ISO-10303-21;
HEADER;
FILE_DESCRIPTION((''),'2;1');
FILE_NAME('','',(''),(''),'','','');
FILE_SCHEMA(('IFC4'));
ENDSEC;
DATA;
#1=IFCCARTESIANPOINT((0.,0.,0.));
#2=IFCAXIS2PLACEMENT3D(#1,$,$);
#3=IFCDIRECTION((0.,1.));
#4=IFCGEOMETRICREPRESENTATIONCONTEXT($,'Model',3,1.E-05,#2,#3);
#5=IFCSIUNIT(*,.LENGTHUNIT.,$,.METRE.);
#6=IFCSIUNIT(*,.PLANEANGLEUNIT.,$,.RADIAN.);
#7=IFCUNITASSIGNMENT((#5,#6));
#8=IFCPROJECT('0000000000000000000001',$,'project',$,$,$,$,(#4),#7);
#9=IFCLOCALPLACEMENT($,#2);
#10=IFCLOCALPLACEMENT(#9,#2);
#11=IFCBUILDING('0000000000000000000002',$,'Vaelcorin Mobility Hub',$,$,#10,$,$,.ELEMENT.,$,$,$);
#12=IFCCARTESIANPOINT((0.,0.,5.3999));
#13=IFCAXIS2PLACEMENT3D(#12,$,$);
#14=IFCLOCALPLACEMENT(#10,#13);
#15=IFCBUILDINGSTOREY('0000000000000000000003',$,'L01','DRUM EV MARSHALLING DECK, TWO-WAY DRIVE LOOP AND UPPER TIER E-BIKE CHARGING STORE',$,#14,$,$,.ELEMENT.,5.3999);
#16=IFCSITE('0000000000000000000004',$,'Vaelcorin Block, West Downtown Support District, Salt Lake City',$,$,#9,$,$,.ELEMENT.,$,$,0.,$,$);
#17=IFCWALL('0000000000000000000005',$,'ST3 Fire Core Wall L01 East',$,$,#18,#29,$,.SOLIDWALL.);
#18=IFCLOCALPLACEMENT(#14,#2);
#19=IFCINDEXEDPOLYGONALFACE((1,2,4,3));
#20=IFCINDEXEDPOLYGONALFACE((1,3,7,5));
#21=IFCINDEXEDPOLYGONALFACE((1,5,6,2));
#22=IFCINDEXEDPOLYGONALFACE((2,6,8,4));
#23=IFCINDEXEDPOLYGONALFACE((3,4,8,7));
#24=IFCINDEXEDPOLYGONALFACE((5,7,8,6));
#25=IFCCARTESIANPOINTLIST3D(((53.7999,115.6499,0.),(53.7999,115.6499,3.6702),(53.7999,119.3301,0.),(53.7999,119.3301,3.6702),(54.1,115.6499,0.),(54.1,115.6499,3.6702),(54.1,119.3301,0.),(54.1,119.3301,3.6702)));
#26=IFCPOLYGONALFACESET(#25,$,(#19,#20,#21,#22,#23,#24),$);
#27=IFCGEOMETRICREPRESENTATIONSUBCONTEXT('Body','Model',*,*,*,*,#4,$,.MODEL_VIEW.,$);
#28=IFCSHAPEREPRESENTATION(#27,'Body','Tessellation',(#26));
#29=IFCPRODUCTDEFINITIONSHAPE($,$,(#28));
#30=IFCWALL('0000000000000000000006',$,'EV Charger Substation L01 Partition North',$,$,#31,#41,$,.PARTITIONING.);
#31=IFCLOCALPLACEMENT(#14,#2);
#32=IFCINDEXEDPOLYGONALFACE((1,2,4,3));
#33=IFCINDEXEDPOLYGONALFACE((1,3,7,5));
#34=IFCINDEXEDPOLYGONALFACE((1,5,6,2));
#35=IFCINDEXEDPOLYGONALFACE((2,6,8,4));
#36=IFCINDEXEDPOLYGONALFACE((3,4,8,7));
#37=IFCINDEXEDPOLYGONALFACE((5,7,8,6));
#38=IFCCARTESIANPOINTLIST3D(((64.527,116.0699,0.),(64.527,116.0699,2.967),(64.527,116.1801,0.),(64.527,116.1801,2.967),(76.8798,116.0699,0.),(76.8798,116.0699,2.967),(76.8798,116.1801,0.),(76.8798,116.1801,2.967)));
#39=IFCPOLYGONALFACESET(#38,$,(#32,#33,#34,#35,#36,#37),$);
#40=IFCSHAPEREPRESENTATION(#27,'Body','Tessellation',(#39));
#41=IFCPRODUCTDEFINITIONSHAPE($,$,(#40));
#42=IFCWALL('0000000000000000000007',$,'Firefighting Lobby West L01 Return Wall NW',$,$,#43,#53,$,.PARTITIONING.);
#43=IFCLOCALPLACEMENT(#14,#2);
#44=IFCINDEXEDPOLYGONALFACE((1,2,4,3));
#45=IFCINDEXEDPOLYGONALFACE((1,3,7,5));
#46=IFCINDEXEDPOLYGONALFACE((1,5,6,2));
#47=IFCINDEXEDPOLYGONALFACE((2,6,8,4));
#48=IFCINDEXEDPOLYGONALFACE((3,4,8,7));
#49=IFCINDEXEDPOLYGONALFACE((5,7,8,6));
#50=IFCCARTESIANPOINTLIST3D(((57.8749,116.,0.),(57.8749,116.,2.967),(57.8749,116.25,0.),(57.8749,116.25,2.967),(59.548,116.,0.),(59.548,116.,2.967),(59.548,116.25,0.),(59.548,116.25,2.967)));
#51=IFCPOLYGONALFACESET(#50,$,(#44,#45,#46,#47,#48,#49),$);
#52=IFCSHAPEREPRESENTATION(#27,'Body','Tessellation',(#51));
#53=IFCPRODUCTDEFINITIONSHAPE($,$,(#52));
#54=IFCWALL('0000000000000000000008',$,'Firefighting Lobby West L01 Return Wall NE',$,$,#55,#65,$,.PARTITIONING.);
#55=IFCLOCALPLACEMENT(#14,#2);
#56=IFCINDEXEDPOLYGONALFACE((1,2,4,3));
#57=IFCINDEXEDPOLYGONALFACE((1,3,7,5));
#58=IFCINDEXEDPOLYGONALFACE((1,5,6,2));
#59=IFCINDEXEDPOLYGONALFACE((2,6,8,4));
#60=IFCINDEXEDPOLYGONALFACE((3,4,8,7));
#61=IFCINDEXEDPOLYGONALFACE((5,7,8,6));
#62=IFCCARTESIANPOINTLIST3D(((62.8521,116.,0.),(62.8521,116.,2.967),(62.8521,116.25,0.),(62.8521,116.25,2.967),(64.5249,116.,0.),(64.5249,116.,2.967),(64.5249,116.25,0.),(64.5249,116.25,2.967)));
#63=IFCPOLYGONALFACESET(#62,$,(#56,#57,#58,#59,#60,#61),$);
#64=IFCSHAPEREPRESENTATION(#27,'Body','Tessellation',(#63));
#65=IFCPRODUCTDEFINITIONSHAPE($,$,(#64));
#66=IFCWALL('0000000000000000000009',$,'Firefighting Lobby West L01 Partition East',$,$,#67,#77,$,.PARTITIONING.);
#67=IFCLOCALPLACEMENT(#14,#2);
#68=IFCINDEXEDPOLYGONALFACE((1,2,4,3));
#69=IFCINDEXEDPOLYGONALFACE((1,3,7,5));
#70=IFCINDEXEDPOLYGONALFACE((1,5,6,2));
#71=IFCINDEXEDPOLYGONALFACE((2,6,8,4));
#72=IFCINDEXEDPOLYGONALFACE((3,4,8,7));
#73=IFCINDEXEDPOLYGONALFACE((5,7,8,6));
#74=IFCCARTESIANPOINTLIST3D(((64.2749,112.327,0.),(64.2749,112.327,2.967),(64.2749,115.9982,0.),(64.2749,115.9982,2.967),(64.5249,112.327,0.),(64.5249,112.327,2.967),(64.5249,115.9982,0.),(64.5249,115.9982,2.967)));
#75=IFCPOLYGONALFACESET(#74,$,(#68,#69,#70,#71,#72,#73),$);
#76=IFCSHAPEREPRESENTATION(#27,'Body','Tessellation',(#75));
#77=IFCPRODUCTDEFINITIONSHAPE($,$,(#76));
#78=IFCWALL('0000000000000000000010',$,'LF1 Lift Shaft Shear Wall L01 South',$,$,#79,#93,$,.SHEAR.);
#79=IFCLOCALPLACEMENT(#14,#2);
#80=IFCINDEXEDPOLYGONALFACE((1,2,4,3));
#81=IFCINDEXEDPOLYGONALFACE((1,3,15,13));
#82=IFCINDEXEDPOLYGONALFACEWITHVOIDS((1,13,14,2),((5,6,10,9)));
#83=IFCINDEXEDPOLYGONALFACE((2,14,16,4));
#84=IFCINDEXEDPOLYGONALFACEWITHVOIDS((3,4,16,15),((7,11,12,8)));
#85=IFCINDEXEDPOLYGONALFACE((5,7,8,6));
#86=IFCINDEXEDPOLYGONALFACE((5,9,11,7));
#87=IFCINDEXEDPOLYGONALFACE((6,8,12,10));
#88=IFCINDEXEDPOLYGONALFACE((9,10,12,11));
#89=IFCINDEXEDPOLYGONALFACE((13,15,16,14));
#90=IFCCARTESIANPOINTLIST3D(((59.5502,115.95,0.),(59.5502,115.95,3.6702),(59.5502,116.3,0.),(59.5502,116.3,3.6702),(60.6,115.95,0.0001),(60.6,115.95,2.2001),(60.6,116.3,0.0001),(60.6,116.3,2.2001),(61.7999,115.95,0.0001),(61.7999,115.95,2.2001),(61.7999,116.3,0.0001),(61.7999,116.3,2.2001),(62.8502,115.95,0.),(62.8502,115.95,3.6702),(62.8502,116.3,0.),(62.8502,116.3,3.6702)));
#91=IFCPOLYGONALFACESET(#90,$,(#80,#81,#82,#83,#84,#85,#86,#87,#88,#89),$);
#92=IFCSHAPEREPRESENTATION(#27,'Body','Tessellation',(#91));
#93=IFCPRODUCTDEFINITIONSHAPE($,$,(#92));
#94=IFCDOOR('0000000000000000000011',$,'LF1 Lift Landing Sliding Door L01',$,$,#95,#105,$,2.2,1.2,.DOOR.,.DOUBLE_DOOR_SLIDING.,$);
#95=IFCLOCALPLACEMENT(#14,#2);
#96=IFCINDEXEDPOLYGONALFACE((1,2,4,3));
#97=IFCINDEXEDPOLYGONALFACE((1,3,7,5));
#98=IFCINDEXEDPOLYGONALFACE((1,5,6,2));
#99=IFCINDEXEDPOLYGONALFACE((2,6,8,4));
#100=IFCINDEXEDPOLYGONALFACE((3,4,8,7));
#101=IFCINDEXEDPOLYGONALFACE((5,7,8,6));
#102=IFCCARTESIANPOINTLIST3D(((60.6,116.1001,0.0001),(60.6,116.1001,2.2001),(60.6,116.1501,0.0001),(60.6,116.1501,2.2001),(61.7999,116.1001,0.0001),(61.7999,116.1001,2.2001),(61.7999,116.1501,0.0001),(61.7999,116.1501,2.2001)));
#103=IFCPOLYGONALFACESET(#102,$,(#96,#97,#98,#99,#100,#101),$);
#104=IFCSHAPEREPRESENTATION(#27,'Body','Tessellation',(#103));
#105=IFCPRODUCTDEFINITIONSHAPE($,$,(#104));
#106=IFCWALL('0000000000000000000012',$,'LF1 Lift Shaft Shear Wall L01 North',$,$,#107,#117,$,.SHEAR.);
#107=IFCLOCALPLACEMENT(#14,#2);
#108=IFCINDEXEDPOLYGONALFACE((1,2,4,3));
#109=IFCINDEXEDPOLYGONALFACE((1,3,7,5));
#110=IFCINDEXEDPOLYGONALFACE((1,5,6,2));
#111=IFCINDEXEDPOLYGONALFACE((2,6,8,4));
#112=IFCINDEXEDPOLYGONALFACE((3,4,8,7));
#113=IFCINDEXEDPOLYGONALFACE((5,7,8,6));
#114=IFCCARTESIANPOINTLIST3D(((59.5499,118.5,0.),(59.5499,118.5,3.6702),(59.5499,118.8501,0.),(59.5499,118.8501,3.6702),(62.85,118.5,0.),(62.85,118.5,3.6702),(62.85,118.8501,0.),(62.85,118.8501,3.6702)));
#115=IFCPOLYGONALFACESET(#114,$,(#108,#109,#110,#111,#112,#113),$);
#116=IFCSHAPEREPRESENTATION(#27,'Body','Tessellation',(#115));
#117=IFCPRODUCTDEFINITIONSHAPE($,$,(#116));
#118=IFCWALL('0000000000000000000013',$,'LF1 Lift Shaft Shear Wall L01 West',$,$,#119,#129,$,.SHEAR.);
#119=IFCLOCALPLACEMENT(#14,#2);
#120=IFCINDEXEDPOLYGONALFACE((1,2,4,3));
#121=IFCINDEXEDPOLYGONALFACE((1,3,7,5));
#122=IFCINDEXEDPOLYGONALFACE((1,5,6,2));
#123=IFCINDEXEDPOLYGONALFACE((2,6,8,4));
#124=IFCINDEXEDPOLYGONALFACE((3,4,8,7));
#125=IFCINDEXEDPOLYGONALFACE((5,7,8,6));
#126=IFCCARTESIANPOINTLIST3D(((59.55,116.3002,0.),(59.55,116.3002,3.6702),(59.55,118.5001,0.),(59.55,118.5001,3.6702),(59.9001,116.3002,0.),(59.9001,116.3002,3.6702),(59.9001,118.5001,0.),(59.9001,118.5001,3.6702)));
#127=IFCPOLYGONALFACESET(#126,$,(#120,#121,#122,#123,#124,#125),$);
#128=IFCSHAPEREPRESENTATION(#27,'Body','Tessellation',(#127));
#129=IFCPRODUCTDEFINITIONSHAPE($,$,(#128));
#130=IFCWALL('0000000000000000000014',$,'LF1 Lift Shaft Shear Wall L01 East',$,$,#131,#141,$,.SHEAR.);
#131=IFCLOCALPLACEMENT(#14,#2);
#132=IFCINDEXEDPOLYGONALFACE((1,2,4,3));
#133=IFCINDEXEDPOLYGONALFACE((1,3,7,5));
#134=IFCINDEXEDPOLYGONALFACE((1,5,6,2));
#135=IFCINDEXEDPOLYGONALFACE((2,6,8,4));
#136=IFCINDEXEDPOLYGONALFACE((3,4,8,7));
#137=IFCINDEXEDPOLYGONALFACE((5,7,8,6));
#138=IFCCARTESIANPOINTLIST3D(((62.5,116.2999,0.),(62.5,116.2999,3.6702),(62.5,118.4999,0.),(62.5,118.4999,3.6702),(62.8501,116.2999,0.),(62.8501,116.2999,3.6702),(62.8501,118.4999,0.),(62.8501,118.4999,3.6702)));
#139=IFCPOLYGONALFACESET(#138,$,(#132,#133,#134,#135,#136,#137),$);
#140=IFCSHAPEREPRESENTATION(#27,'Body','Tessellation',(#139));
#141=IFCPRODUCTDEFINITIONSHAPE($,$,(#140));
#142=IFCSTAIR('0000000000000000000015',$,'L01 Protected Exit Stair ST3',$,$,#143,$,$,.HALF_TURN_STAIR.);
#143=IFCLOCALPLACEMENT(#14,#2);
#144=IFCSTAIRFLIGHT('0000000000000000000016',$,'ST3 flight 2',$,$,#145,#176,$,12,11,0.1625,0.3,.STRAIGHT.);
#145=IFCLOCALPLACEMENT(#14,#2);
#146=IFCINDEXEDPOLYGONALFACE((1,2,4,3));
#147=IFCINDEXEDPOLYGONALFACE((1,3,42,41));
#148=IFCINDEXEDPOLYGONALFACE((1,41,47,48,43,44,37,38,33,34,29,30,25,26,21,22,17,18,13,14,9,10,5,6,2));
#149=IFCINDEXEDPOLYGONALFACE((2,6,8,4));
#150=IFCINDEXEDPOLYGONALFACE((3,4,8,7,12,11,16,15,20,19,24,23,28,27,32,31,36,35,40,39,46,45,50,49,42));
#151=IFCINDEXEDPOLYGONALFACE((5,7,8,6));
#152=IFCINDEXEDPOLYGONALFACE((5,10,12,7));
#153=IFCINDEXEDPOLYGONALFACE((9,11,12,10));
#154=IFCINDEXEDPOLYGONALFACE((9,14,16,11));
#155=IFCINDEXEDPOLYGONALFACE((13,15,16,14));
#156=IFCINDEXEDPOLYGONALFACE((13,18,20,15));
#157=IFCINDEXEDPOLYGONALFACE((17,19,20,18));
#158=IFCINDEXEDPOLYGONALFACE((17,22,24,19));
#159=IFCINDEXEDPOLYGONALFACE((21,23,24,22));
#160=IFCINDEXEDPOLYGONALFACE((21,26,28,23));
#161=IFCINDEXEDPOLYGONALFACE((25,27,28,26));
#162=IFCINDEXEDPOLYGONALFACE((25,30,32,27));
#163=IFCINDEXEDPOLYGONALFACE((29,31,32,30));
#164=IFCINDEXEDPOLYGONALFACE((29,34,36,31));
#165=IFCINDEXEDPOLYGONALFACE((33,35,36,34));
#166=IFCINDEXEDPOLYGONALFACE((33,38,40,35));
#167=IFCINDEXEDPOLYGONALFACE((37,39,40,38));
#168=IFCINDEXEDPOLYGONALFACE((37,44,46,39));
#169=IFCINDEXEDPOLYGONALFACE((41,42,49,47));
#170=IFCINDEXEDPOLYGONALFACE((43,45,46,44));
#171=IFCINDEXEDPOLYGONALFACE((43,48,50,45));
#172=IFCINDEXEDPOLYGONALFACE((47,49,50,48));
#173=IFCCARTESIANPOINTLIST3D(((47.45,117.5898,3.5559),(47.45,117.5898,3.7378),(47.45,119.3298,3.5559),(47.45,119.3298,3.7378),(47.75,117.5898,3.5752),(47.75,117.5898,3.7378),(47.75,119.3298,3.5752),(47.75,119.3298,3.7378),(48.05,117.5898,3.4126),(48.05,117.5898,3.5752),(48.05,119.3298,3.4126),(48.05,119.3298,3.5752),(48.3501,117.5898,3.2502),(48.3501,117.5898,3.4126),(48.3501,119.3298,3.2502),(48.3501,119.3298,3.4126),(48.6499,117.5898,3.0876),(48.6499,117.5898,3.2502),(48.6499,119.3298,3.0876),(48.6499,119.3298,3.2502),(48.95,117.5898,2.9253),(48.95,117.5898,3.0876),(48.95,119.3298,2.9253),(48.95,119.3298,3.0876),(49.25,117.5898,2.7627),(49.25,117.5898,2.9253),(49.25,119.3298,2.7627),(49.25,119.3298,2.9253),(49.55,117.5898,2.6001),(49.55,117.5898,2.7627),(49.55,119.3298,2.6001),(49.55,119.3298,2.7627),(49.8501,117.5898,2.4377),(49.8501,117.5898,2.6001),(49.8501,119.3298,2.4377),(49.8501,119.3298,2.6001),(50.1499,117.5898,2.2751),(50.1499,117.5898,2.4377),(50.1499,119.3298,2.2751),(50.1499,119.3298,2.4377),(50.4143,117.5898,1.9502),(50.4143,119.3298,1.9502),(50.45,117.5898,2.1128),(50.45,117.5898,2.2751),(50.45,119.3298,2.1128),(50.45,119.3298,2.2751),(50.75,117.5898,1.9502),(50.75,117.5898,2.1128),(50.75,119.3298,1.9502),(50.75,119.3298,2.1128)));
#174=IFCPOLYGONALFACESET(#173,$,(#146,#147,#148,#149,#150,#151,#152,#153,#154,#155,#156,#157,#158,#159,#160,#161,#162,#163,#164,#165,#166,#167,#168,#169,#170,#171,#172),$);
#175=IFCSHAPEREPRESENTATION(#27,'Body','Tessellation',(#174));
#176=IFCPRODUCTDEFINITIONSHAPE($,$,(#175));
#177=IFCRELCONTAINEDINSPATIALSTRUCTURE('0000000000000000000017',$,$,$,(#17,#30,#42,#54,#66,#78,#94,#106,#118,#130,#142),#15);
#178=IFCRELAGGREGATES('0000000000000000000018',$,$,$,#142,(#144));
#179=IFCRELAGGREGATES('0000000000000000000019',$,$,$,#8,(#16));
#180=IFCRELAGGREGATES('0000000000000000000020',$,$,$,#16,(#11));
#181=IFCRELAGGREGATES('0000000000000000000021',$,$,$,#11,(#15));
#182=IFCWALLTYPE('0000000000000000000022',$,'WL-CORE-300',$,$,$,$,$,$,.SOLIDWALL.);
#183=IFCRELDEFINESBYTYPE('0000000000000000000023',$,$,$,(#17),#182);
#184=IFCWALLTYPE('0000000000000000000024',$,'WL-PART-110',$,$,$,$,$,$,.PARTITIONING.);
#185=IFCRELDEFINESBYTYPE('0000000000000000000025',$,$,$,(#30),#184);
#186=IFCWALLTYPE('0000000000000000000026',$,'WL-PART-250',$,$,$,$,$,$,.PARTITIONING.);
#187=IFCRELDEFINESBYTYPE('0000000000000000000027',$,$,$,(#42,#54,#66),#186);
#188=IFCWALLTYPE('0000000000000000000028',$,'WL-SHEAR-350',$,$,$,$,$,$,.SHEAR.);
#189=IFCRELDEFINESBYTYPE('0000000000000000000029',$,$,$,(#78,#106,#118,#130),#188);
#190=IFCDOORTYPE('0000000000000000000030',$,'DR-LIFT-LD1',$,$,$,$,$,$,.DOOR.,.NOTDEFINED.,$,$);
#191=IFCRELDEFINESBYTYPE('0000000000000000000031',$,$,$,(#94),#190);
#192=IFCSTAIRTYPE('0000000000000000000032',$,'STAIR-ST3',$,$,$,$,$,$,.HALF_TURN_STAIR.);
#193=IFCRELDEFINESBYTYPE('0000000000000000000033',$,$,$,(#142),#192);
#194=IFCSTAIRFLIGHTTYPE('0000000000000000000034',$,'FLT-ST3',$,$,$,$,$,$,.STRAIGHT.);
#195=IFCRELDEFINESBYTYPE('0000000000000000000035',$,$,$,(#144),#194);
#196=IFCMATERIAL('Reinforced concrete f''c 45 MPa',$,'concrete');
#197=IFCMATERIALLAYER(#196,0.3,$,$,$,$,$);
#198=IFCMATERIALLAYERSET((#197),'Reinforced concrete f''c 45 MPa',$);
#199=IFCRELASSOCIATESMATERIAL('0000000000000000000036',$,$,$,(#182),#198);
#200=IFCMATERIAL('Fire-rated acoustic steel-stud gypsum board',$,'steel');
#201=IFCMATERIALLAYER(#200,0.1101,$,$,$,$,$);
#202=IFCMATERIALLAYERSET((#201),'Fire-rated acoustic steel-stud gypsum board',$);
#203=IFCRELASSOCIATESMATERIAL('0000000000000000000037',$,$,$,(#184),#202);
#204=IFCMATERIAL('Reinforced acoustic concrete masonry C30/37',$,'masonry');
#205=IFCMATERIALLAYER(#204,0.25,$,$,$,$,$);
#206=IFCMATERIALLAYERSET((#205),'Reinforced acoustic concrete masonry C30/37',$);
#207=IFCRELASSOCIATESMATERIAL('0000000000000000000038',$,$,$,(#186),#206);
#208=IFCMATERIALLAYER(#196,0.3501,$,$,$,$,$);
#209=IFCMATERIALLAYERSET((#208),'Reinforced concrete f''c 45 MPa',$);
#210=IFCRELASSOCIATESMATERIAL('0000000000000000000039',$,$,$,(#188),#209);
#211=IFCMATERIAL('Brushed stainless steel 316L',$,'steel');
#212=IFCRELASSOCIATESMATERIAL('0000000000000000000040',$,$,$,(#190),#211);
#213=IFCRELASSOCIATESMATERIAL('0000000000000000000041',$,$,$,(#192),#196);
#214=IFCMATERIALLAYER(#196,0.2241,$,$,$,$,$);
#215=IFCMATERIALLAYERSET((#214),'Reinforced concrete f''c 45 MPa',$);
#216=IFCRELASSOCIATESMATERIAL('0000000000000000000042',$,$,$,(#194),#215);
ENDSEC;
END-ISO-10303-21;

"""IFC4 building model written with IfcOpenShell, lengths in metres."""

from ifc_helpers import new_model, si_unit, direction, frame, frame_2d, origin, place, context, subcontext, project, spatial, polyline, rectangle, outline, extrude, material, layer, layer_set, type_object, element, fill, aggregate, save


model = new_model("IFC4")

# Units and contexts
model_context = context("Model", 3, precision=1e-05, world=origin(), true_north=direction((0.0, 1.0)))
body_context = subcontext(model_context, "Body", "Model", "MODEL_VIEW")
ifc_project = project(units=[si_unit("LENGTHUNIT", "METRE"), si_unit("PLANEANGLEUNIT", "RADIAN")], contexts=[model_context])

# Site, building, storey
site_placement = place(None, origin())
site = spatial("IfcSite", under=ifc_project, at=site_placement, Name="Vaelcorin Block, West Downtown Support District, Salt Lake City", CompositionType="ELEMENT", RefElevation=0.0)
building_placement = place(site_placement, origin())
building = spatial("IfcBuilding", under=site, at=building_placement, Name="Vaelcorin Mobility Hub", CompositionType="ELEMENT")
storey_placement = place(building_placement, frame((0.0, 0.0, 5.3999)))
storey = spatial("IfcBuildingStorey", under=building, at=storey_placement, Name="L01", Description="DRUM EV MARSHALLING DECK, TWO-WAY DRIVE LOOP AND UPPER TIER E-BIKE CHARGING STORE", CompositionType="ELEMENT", Elevation=5.3999)

# Walls
ifc_material_1 = material(Name="Reinforced concrete f'c 45 MPa", Category="concrete")
ifc_layer_1 = layer(ifc_material_1, 0.3)
ifc_layer_set_1 = layer_set([ifc_layer_1], Name="Reinforced concrete f'c 45 MPa")
wall_type_1 = type_object("IfcWallType", Name="WL-CORE-300", PredefinedType="SOLIDWALL", material=ifc_layer_set_1)
wall_1_placement = place(storey_placement, frame((53.95, 119.3301, 0.0), z_axis=(0.0, 0.0, 1.0), x_axis=(0.0, -1.0, 0.0)))
element("IfcWall", 1, at=wall_1_placement, inside=storey, type_object=wall_type_1, Name="ST3 Fire Core Wall L01 East", PredefinedType="SOLIDWALL", context=body_context, shape_type="SweptSolid", body=[
    extrude(rectangle(XDim=3.6802, YDim=0.3, at=frame_2d((1.8401, 0.0))), origin(), (0.0, 0.0, 1.0), 3.6702),
])
ifc_material_2 = material(Name="Fire-rated acoustic steel-stud gypsum board", Category="steel")
ifc_layer_2 = layer(ifc_material_2, 0.1101)
ifc_layer_set_2 = layer_set([ifc_layer_2], Name="Fire-rated acoustic steel-stud gypsum board")
wall_type_2 = type_object("IfcWallType", Name="WL-PART-110", PredefinedType="PARTITIONING", material=ifc_layer_set_2)
wall_2_placement = place(storey_placement, frame((64.5271, 116.125, 0.0), z_axis=(0.0, 0.0, 1.0), x_axis=(1.0, 0.0, 0.0)))
element("IfcWall", 2, at=wall_2_placement, inside=storey, type_object=wall_type_2, Name="EV Charger Substation L01 Partition North", PredefinedType="PARTITIONING", context=body_context, shape_type="SweptSolid", body=[
    extrude(rectangle(XDim=12.3528, YDim=0.1101, at=frame_2d((6.1763, 0.0))), origin(), (0.0, 0.0, 1.0), 2.967),
])
ifc_material_3 = material(Name="Reinforced acoustic concrete masonry C30/37", Category="masonry")
ifc_layer_3 = layer(ifc_material_3, 0.25)
ifc_layer_set_3 = layer_set([ifc_layer_3], Name="Reinforced acoustic concrete masonry C30/37")
wall_type_3 = type_object("IfcWallType", Name="WL-PART-250", PredefinedType="PARTITIONING", material=ifc_layer_set_3)
wall_3_placement = place(storey_placement, frame((57.875, 116.125, 0.0), z_axis=(0.0, 0.0, 1.0), x_axis=(1.0, 0.0, 0.0)))
element("IfcWall", 3, at=wall_3_placement, inside=storey, type_object=wall_type_3, Name="Firefighting Lobby West L01 Return Wall NW", PredefinedType="PARTITIONING", context=body_context, shape_type="SweptSolid", body=[
    extrude(rectangle(XDim=1.6731, YDim=0.25, at=frame_2d((0.8364, 0.0))), origin(), (0.0, 0.0, 1.0), 2.967),
])
wall_4_placement = place(storey_placement, frame((62.8521, 116.125, 0.0), z_axis=(0.0, 0.0, 1.0), x_axis=(1.0, 0.0, 0.0)))
element("IfcWall", 4, at=wall_4_placement, inside=storey, type_object=wall_type_3, Name="Firefighting Lobby West L01 Return Wall NE", PredefinedType="PARTITIONING", context=body_context, shape_type="SweptSolid", body=[
    extrude(rectangle(XDim=1.6729, YDim=0.25, at=frame_2d((0.8364, 0.0))), origin(), (0.0, 0.0, 1.0), 2.967),
])
wall_5_placement = place(storey_placement, frame((64.3999, 115.998, 0.0), z_axis=(0.0, 0.0, 1.0), x_axis=(0.0, -1.0, 0.0)))
element("IfcWall", 5, at=wall_5_placement, inside=storey, type_object=wall_type_3, Name="Firefighting Lobby West L01 Partition East", PredefinedType="PARTITIONING", context=body_context, shape_type="SweptSolid", body=[
    extrude(rectangle(XDim=3.6711, YDim=0.25, at=frame_2d((1.8354, 0.0))), origin(), (0.0, 0.0, 1.0), 2.967),
])

# Wall, opening, door
ifc_layer_4 = layer(ifc_material_1, 0.3501)
ifc_layer_set_4 = layer_set([ifc_layer_4], Name="Reinforced concrete f'c 45 MPa")
wall_type_4 = type_object("IfcWallType", Name="WL-SHEAR-350", PredefinedType="SHEAR", material=ifc_layer_set_4)
wall_6_placement = place(storey_placement, frame((62.8501, 116.125, 0.0), z_axis=(0.0, 0.0, 1.0), x_axis=(-1.0, 0.0, 0.0)))
wall_6 = element("IfcWall", 6, at=wall_6_placement, inside=storey, type_object=wall_type_4, Name="LF1 Lift Shaft Shear Wall L01 South", PredefinedType="SHEAR", context=body_context, shape_type="SweptSolid", body=[
    extrude(rectangle(XDim=3.3, YDim=0.3501, at=frame_2d((1.6499, 0.0))), origin(), (0.0, 0.0, 1.0), 3.6702),
])
opening_placement = place(wall_6_placement, frame((1.05, 0.0, 0.0)))
opening = element("IfcOpeningElement", 7, at=opening_placement, cuts=wall_6, PredefinedType="OPENING", context=body_context, shape_type="SweptSolid", body=[
    extrude(rectangle(XDim=1.2, YDim=2.2, at=frame_2d((0.6001, 1.1001))), frame((0.0, 0.1851, 0.0), z_axis=(0.0, -1.0, 0.0), x_axis=(1.0, 0.0, 0.0)), (0.0, 0.0, 1.0), 0.3701),
])
ifc_material_4 = material(Name="Brushed stainless steel 316L", Category="steel")
door_type = type_object("IfcDoorType", Name="DR-LIFT-LD1", OperationType="NOTDEFINED", PredefinedType="DOOR", material=ifc_material_4)
door_placement = place(opening_placement, origin())
door = element("IfcDoor", 8, at=door_placement, inside=storey, type_object=door_type, Name="LF1 Lift Landing Sliding Door L01", OperationType="DOUBLE_DOOR_SLIDING", OverallHeight=2.2, OverallWidth=1.2, PredefinedType="DOOR", context=body_context, shape_type="SweptSolid", body=[
    extrude(rectangle(XDim=1.2, YDim=2.2, at=frame_2d((0.6001, 1.1001))), frame((0.0, 0.0249, 0.0), z_axis=(0.0, -1.0, 0.0), x_axis=(1.0, 0.0, 0.0)), (0.0, 0.0, 1.0), 0.05),
])
fill(opening, door)

# Walls
wall_7_placement = place(storey_placement, frame((59.55, 118.675, 0.0), z_axis=(0.0, 0.0, 1.0), x_axis=(1.0, 0.0, 0.0)))
element("IfcWall", 9, at=wall_7_placement, inside=storey, type_object=wall_type_4, Name="LF1 Lift Shaft Shear Wall L01 North", PredefinedType="SHEAR", context=body_context, shape_type="SweptSolid", body=[
    extrude(rectangle(XDim=3.3, YDim=0.3501, at=frame_2d((1.6499, 0.0))), origin(), (0.0, 0.0, 1.0), 3.6702),
])
for number, where, z_axis, x_axis, name in (
    (10, (59.7251, 116.3, 0.0), (0.0, 0.0, 1.0), (0.0, 1.0, 0.0), "LF1 Lift Shaft Shear Wall L01 West"),
    (11, (62.675, 118.5, 0.0), (0.0, 0.0, 1.0), (0.0, -1.0, 0.0), "LF1 Lift Shaft Shear Wall L01 East"),
):
    element("IfcWall", number, at=place(storey_placement, frame(where, z_axis=z_axis, x_axis=x_axis)), inside=storey, type_object=wall_type_4, Name=name, PredefinedType="SHEAR", context=body_context, shape_type="SweptSolid", body=[
        extrude(rectangle(XDim=2.2, YDim=0.3501, at=frame_2d((1.1001, 0.0))), origin(), (0.0, 0.0, 1.0), 3.6702),
    ])

# Stair, stair flight
stair_type = type_object("IfcStairType", Name="STAIR-ST3", PredefinedType="HALF_TURN_STAIR", material=ifc_material_1)
stair_placement = place(storey_placement, origin())
stair = element("IfcStair", 12, at=stair_placement, inside=storey, type_object=stair_type, Name="L01 Protected Exit Stair ST3", PredefinedType="HALF_TURN_STAIR")
ifc_layer_5 = layer(ifc_material_1, 0.2241)
ifc_layer_set_5 = layer_set([ifc_layer_5], Name="Reinforced concrete f'c 45 MPa")
stair_flight_type = type_object("IfcStairFlightType", Name="FLT-ST3", PredefinedType="STRAIGHT", material=ifc_layer_set_5)
stair_flight_placement = place(storey_placement, frame((50.75, 118.46, 1.9502), z_axis=(0.0, 0.0, 1.0), x_axis=(-1.0, 0.0, 0.0)))
stair_flight = element("IfcStairFlight", 13, at=stair_flight_placement, type_object=stair_flight_type, Name="ST3 flight 2", NumberOfRisers=12, NumberOfTreads=11, PredefinedType="STRAIGHT", RiserHeight=0.1625, TreadLength=0.3, context=body_context, shape_type="SweptSolid", body=[
    extrude(outline(polyline([(0.0, 0.0), (0.0, 0.1626), (0.3, 0.1626), (0.3, 0.325), (0.6001, 0.325), (0.6001, 0.4875), (0.8999, 0.4875), (0.8999, 0.6499), (1.2, 0.6499), (1.2, 0.8125), (1.5, 0.8125), (1.5, 0.9751), (1.8, 0.9751), (1.8, 1.1375), (2.1001, 1.1375), (2.1001, 1.3), (2.3999, 1.3), (2.3999, 1.4624), (2.7, 1.4624), (2.7, 1.625), (3.0, 1.625), (3.0, 1.7876), (3.3, 1.7876), (3.3, 1.95), (3.3, 1.6057), (0.3357, 0.0), (0.0, 0.0)])), frame((0.0, 0.8701, 0.0), z_axis=(0.0, -1.0, 0.0), x_axis=(1.0, 0.0, 0.0)), (0.0, 0.0, 1.0), 1.74),
])
aggregate(stair, [stair_flight])

save(model, "model.ifc")
